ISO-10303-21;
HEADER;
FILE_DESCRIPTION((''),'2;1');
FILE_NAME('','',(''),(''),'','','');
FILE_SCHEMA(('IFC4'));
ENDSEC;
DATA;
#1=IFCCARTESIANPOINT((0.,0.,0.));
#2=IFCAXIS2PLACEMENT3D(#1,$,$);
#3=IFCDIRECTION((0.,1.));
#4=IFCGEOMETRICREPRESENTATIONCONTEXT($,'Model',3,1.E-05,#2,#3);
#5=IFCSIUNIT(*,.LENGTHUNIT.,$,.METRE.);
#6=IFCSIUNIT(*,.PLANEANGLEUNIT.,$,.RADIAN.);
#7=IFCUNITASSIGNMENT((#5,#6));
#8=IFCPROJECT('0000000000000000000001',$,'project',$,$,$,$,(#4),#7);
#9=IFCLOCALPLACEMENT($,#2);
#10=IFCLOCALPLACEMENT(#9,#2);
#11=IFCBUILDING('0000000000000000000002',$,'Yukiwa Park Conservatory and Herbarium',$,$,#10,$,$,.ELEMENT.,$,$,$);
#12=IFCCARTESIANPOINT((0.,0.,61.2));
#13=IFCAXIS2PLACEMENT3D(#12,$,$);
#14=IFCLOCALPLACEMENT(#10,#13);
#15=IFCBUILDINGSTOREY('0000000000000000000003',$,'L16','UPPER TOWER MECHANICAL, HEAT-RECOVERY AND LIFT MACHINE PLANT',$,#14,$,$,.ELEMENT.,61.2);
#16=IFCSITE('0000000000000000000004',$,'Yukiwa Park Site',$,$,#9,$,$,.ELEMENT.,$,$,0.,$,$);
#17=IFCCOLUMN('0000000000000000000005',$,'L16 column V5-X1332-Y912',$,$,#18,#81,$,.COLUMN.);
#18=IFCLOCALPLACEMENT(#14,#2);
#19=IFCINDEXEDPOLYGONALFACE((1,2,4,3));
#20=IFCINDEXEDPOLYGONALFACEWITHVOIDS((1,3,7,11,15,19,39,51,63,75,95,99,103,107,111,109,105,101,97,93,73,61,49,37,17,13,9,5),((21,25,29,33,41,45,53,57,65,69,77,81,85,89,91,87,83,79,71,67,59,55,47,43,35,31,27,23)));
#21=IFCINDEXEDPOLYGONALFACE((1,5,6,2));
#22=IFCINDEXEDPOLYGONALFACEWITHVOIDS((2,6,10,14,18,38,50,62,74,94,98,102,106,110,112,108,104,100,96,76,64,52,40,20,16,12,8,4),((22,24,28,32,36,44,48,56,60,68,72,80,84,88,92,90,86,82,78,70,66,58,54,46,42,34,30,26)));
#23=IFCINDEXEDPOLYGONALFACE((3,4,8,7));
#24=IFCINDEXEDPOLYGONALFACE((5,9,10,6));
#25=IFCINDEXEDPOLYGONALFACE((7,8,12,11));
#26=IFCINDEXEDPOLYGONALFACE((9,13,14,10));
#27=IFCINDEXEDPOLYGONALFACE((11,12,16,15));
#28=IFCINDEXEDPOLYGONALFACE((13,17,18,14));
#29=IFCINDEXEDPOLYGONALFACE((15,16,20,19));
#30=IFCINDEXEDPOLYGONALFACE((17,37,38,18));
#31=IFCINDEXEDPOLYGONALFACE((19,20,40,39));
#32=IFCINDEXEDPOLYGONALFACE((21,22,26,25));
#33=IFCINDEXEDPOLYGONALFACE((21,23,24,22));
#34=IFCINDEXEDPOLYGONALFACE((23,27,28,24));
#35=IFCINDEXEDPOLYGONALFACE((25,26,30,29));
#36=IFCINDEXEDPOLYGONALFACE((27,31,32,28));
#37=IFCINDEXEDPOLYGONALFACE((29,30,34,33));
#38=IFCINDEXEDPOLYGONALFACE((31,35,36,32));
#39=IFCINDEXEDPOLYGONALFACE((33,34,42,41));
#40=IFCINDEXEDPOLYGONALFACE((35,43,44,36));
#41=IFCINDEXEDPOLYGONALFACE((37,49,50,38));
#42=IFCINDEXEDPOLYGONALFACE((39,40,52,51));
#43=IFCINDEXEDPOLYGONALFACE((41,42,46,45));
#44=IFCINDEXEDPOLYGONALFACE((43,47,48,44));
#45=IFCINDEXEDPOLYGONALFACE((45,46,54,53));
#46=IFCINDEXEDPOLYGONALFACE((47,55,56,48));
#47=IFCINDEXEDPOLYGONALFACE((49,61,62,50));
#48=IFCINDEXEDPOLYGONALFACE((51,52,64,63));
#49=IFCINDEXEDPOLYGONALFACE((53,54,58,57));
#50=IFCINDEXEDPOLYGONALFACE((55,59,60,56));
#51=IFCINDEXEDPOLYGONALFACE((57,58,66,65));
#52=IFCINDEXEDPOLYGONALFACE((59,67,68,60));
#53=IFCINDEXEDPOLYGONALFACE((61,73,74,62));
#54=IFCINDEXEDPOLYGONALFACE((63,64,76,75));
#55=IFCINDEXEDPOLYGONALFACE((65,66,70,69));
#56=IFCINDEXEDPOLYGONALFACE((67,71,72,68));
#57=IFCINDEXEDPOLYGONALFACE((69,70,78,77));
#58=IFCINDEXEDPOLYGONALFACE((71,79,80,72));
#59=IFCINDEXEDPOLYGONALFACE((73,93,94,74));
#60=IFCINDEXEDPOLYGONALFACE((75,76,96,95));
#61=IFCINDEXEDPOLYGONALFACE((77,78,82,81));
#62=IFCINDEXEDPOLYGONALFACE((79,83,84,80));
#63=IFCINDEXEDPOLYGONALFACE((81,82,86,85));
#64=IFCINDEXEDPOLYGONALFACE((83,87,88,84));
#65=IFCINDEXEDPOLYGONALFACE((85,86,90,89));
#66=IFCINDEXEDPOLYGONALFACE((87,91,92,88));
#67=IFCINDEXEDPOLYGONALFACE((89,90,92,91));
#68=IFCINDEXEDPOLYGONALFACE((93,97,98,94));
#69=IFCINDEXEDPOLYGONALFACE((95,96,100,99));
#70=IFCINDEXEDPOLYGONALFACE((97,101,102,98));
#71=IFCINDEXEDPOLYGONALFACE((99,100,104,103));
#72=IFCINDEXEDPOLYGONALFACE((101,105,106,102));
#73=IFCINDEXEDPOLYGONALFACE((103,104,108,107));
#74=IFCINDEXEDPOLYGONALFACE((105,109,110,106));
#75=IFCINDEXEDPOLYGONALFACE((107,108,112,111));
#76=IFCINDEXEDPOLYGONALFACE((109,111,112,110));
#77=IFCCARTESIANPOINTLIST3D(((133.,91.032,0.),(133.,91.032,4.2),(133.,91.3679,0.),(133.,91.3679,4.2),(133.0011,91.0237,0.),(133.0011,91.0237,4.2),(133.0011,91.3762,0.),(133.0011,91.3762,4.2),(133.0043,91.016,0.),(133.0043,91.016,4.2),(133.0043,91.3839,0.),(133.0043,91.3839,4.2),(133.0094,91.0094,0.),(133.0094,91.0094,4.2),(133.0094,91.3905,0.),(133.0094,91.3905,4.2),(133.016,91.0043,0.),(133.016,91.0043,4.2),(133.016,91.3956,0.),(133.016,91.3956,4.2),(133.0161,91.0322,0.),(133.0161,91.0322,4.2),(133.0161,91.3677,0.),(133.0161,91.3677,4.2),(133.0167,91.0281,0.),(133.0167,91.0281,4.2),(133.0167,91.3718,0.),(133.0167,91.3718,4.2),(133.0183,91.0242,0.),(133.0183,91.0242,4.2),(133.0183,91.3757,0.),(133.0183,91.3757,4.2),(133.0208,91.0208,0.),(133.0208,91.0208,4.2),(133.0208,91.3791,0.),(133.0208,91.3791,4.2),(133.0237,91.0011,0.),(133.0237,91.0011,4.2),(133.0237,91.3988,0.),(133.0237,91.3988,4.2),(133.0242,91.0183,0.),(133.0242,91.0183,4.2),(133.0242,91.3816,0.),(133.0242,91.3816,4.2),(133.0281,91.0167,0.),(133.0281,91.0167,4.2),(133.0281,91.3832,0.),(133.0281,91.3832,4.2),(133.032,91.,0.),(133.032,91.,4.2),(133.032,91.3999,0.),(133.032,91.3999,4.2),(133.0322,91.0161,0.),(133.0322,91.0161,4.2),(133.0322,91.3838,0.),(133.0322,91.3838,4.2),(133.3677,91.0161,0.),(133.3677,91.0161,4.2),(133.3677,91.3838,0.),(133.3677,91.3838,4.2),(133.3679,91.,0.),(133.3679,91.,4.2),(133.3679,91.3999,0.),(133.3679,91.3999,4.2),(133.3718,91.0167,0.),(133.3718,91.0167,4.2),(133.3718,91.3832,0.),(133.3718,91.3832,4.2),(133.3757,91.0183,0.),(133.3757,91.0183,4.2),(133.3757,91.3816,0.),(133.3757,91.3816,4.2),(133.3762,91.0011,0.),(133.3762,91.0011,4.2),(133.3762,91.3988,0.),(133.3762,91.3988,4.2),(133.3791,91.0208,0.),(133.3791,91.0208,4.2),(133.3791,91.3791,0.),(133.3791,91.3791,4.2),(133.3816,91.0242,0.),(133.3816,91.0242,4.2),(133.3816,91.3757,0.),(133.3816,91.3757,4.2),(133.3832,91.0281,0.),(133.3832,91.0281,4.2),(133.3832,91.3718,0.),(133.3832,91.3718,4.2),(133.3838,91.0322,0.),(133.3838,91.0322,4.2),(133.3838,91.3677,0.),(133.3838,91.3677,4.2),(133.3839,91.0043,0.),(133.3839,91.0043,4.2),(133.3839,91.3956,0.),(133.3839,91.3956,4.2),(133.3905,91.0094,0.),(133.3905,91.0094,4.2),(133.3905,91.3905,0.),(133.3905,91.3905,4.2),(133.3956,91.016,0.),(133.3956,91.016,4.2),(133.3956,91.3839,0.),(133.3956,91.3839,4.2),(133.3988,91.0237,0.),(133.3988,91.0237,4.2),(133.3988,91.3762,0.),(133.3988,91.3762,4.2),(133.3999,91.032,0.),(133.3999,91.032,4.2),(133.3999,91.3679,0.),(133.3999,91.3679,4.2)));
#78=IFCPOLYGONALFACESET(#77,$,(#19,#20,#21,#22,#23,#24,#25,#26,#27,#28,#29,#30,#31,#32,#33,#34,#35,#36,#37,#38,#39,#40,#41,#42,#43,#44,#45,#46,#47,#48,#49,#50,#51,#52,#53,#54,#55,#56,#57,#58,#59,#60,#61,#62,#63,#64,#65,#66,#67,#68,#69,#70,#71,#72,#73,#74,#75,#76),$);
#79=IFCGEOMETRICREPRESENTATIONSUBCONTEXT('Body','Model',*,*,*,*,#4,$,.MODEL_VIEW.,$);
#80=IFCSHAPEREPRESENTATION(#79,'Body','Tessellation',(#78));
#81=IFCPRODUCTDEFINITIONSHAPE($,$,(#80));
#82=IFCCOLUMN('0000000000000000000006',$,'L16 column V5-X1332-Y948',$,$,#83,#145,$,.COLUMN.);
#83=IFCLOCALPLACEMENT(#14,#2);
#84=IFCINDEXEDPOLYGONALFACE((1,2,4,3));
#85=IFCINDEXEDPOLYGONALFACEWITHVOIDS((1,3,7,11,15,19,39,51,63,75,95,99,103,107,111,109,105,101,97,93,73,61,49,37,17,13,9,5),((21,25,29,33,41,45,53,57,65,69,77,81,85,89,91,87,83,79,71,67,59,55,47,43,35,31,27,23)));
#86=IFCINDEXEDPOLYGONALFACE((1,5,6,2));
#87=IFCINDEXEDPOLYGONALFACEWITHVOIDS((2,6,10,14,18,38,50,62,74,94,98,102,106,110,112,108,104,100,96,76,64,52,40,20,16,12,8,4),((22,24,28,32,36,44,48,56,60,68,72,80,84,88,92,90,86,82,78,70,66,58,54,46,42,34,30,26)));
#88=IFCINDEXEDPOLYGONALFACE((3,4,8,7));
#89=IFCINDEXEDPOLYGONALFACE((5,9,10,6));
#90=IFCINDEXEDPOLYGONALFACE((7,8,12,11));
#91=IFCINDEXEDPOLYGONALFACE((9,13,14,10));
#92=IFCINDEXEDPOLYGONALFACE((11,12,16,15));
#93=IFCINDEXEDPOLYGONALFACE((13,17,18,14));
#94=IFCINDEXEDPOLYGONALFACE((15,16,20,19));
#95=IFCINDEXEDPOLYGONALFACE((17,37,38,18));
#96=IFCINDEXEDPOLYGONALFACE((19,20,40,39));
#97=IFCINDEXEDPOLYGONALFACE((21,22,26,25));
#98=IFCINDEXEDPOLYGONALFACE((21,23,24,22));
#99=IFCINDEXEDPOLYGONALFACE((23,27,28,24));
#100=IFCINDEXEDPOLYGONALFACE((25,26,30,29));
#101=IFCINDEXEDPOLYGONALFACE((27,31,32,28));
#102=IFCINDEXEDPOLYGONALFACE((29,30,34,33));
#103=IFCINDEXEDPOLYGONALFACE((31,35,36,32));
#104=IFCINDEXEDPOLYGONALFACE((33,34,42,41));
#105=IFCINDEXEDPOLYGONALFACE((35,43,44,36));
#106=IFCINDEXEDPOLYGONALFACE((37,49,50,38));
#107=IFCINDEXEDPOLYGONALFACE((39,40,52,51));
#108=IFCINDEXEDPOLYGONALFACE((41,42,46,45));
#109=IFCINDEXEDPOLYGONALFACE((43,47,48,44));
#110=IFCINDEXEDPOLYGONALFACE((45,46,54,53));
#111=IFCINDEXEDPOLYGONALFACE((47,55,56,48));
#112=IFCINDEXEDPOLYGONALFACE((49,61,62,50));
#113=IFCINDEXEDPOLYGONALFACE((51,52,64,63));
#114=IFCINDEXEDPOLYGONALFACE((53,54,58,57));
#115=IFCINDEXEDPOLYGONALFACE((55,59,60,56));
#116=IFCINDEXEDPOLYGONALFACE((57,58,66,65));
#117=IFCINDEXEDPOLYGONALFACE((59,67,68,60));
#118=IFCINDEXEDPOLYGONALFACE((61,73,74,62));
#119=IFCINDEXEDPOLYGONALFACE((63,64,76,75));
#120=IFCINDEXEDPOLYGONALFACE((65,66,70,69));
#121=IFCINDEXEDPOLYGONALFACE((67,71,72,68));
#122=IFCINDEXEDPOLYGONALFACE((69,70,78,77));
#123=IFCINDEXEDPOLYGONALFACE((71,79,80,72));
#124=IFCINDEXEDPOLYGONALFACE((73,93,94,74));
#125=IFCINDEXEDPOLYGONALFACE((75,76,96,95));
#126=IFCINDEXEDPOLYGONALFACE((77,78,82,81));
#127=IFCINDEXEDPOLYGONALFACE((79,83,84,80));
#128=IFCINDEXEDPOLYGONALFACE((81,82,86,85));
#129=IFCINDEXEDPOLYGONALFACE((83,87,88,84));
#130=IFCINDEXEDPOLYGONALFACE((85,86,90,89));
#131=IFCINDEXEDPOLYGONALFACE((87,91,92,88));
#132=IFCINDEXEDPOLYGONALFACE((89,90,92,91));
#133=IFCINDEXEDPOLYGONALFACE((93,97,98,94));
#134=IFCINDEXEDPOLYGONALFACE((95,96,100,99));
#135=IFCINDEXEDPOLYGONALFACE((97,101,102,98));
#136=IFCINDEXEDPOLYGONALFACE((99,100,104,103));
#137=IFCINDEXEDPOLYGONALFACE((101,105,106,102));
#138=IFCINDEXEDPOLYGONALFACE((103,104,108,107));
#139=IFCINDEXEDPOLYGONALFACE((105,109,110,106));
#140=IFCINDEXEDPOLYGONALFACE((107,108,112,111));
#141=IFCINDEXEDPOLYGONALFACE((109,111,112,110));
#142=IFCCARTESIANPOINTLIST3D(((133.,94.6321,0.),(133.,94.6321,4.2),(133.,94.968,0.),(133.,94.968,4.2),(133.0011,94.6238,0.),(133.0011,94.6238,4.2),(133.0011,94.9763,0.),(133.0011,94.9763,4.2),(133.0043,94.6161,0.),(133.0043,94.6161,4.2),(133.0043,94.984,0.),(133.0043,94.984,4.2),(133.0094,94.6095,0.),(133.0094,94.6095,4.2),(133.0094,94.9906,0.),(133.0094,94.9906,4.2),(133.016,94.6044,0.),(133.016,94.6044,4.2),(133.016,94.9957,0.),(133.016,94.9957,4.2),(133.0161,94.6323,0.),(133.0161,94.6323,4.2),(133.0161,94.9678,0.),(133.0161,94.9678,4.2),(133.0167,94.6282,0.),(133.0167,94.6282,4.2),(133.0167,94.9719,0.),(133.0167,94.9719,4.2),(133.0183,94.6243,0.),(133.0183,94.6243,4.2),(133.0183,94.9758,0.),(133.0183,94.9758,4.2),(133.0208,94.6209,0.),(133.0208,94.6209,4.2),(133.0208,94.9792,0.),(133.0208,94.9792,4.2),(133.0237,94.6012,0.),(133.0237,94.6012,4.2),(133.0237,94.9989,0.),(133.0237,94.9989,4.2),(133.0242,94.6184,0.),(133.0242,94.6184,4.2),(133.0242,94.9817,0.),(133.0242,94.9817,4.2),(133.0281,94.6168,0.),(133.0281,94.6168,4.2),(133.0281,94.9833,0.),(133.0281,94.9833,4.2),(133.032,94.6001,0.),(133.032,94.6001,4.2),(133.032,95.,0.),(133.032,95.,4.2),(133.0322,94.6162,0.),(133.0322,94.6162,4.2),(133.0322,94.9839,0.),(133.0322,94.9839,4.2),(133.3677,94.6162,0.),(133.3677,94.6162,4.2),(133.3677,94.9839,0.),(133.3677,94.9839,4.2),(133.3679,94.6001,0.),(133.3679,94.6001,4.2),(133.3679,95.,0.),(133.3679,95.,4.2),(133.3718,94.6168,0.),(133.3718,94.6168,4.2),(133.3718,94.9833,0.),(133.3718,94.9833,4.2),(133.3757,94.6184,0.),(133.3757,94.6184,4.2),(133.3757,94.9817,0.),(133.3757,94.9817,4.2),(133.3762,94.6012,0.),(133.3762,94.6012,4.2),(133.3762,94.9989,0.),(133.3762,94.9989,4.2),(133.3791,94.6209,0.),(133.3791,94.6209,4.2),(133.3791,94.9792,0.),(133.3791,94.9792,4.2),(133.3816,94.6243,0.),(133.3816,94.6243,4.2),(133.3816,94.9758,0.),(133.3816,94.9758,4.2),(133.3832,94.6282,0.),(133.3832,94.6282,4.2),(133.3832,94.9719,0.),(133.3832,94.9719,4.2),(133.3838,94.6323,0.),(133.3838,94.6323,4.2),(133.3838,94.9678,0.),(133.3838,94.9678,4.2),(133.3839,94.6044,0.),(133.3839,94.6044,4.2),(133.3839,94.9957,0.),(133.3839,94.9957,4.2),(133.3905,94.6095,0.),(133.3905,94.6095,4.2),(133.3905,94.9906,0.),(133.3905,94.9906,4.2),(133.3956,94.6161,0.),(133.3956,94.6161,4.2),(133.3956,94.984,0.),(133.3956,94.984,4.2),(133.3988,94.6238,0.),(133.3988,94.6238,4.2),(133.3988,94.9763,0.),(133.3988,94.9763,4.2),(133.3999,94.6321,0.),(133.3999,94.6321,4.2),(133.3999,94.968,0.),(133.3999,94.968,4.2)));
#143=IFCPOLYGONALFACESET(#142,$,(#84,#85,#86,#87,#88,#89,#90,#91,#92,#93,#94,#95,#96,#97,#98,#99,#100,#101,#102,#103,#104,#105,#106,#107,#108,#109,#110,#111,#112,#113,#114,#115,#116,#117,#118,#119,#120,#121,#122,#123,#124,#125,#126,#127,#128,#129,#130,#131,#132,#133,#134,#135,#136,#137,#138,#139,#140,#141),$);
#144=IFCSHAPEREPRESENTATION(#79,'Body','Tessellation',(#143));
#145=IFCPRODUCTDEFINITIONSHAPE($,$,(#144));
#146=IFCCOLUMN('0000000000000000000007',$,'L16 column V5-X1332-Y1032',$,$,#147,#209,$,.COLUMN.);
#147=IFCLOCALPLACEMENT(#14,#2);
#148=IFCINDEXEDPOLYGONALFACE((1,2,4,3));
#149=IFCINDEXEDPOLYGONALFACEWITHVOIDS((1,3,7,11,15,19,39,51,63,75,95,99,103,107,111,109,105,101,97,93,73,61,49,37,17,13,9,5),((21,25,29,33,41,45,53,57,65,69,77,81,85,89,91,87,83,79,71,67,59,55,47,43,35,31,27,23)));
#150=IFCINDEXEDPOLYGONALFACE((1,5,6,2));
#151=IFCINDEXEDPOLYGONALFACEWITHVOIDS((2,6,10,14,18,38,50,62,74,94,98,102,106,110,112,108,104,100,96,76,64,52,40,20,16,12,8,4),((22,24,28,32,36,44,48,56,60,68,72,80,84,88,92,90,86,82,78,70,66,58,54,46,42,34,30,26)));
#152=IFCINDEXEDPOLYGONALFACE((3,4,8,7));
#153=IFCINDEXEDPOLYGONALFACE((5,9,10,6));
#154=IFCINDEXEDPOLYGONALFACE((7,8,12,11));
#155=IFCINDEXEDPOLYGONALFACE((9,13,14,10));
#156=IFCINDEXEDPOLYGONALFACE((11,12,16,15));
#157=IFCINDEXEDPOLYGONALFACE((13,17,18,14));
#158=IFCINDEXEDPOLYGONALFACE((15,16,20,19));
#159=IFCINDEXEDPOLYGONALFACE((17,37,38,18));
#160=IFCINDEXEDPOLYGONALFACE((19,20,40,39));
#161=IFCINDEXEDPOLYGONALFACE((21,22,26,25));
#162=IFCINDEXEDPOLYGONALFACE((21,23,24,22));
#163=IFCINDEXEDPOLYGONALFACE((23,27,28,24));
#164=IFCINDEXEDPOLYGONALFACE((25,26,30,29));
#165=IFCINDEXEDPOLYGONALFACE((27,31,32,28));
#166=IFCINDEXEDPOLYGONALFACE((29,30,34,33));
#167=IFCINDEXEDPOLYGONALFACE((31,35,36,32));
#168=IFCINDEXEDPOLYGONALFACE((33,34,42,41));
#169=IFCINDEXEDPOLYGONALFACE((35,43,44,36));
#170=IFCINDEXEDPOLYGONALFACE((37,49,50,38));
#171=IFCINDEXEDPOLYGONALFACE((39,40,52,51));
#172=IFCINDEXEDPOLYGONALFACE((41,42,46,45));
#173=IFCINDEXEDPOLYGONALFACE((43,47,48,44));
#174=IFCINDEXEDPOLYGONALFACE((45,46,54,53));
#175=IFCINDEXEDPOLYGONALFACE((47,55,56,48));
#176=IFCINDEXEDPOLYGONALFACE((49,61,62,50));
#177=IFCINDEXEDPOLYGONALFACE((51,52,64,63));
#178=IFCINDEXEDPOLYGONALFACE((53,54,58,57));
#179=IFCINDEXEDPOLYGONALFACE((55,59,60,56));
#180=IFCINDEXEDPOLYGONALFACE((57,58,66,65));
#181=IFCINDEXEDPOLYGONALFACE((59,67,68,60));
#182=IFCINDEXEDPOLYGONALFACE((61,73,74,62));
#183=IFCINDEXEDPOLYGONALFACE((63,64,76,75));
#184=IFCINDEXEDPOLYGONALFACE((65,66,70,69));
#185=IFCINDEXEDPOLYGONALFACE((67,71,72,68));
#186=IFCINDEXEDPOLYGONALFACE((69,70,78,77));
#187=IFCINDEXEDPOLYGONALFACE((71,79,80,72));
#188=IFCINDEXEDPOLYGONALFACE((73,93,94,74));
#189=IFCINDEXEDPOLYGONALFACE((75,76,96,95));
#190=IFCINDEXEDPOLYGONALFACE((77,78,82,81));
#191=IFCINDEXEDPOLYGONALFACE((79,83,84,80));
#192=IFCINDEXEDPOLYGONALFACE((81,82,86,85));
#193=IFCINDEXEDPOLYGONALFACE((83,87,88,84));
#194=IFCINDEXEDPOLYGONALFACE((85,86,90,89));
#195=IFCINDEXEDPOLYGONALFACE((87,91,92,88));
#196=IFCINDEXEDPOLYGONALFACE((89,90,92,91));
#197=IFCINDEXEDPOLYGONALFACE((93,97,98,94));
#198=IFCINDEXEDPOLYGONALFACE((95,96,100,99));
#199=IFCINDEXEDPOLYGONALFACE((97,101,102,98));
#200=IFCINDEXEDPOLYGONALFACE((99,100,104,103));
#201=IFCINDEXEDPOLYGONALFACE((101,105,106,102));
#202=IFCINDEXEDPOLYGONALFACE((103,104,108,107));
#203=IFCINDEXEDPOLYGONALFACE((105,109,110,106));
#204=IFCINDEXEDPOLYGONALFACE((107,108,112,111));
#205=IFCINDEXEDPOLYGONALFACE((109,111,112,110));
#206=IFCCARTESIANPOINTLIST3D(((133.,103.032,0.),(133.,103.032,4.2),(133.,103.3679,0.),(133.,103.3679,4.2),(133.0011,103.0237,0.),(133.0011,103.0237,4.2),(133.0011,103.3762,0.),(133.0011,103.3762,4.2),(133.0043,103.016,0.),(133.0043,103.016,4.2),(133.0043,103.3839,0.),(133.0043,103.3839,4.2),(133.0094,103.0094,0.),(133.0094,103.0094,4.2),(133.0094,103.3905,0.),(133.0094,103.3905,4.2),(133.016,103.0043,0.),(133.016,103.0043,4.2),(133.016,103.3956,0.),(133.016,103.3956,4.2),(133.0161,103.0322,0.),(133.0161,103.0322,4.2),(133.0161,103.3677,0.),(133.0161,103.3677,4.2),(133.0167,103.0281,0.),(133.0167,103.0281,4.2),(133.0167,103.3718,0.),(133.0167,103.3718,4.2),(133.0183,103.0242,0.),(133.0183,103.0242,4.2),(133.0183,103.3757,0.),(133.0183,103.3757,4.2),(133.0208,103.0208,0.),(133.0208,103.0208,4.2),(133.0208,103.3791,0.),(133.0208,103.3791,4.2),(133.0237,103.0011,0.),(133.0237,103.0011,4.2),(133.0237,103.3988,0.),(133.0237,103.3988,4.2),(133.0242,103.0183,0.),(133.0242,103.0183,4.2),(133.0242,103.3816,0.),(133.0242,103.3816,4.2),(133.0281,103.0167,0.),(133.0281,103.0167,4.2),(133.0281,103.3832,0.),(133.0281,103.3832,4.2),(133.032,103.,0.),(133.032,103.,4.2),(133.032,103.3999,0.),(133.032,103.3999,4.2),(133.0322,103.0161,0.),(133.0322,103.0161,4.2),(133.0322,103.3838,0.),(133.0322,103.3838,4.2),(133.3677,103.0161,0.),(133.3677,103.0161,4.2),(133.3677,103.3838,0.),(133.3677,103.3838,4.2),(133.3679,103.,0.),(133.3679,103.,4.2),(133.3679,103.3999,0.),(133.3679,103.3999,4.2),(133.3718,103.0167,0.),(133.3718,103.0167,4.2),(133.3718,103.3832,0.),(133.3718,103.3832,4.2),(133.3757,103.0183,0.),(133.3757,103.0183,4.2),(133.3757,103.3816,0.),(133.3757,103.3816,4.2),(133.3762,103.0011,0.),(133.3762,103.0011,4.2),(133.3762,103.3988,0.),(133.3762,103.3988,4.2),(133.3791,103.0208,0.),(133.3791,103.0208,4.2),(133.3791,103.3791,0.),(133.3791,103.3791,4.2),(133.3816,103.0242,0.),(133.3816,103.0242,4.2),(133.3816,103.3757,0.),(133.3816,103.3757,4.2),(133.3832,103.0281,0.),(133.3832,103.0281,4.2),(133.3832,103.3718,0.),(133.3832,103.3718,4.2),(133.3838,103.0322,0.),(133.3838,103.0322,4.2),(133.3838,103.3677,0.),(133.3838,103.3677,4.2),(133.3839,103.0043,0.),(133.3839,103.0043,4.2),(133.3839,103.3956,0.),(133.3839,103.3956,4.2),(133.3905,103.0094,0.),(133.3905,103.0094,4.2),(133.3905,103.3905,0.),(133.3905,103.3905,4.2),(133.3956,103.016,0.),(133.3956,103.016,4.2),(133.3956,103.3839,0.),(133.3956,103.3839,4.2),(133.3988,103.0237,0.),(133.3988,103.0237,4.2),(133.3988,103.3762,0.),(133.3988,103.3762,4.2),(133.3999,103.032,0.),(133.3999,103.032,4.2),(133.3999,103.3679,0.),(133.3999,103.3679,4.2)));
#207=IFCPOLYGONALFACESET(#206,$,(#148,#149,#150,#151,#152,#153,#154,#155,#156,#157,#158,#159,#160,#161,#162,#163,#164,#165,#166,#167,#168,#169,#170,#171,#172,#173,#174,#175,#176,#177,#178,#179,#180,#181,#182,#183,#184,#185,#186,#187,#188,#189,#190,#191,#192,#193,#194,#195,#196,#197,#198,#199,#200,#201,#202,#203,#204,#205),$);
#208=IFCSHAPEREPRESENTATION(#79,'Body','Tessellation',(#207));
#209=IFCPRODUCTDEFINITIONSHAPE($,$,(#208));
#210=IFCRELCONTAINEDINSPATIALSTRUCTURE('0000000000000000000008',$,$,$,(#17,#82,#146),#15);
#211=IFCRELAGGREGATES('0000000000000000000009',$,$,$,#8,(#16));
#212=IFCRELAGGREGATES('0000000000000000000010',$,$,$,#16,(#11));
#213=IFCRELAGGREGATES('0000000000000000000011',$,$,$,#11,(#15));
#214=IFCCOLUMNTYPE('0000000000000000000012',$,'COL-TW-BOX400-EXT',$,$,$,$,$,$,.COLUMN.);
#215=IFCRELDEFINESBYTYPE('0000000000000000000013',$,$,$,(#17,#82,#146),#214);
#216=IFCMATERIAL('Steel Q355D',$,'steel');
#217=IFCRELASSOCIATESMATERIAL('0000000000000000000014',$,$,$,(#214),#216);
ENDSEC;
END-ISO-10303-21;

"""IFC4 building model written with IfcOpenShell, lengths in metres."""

from ifc_helpers import new_model, si_unit, direction, frame, origin, origin_2d, place, context, subcontext, project, spatial, hollow_rectangle, extrude, material, material_profile, profile_set, type_object, element, save


model = new_model("IFC4")

# Units and contexts
model_context = context("Model", 3, precision=1e-05, world=origin(), true_north=direction((0.0, 1.0)))
body_context = subcontext(model_context, "Body", "Model", "MODEL_VIEW")
ifc_project = project(units=[si_unit("LENGTHUNIT", "METRE"), si_unit("PLANEANGLEUNIT", "RADIAN")], contexts=[model_context])

# Site, building, storey
site_placement = place(None, origin())
site = spatial("IfcSite", under=ifc_project, at=site_placement, Name="Yukiwa Park Site", CompositionType="ELEMENT", RefElevation=0.0)
building_placement = place(site_placement, origin())
building = spatial("IfcBuilding", under=site, at=building_placement, Name="Yukiwa Park Conservatory and Herbarium", CompositionType="ELEMENT")
storey_placement = place(building_placement, frame((0.0, 0.0, 61.2)))
storey = spatial("IfcBuildingStorey", under=building, at=storey_placement, Name="L16", Description="UPPER TOWER MECHANICAL, HEAT-RECOVERY AND LIFT MACHINE PLANT", CompositionType="ELEMENT", Elevation=61.2)

# Columns
ifc_material_1 = material(Name="Steel Q355D", Category="steel")
ifc_material_profile_1 = material_profile(ifc_material_1, hollow_rectangle(XDim=0.3999, YDim=0.3999, WallThickness=0.0161, InnerFilletRadius=0.0161, OuterFilletRadius=0.032, at=origin_2d()), Name="BOX 400x400x16")
ifc_profile_set_1 = profile_set([ifc_material_profile_1], Name="Steel Q355D")
column_type = type_object("IfcColumnType", Name="COL-TW-BOX400-EXT", PredefinedType="COLUMN", material=ifc_profile_set_1)
for number, where, z_axis, x_axis, name in (
    (1, (133.2, 91.2, 0.0), (0.0, 0.0, 1.0), (1.0, 0.0, 0.0), "L16 column V5-X1332-Y912"),
    (2, (133.2, 94.8, 0.0), (0.0, 0.0, 1.0), (1.0, 0.0, 0.0), "L16 column V5-X1332-Y948"),
    (3, (133.2, 103.2, 0.0), (0.0, 0.0, 1.0), (1.0, 0.0, 0.0), "L16 column V5-X1332-Y1032"),
):
    element("IfcColumn", number, at=place(storey_placement, frame(where, z_axis=z_axis, x_axis=x_axis)), inside=storey, type_object=column_type, Name=name, PredefinedType="COLUMN", context=body_context, shape_type="SweptSolid", body=[
        extrude(hollow_rectangle(XDim=0.3999, YDim=0.3999, WallThickness=0.0161, InnerFilletRadius=0.0161, OuterFilletRadius=0.032, at=origin_2d()), origin(), (0.0, 0.0, 1.0), 4.2),
    ])

save(model, "model.ifc")
